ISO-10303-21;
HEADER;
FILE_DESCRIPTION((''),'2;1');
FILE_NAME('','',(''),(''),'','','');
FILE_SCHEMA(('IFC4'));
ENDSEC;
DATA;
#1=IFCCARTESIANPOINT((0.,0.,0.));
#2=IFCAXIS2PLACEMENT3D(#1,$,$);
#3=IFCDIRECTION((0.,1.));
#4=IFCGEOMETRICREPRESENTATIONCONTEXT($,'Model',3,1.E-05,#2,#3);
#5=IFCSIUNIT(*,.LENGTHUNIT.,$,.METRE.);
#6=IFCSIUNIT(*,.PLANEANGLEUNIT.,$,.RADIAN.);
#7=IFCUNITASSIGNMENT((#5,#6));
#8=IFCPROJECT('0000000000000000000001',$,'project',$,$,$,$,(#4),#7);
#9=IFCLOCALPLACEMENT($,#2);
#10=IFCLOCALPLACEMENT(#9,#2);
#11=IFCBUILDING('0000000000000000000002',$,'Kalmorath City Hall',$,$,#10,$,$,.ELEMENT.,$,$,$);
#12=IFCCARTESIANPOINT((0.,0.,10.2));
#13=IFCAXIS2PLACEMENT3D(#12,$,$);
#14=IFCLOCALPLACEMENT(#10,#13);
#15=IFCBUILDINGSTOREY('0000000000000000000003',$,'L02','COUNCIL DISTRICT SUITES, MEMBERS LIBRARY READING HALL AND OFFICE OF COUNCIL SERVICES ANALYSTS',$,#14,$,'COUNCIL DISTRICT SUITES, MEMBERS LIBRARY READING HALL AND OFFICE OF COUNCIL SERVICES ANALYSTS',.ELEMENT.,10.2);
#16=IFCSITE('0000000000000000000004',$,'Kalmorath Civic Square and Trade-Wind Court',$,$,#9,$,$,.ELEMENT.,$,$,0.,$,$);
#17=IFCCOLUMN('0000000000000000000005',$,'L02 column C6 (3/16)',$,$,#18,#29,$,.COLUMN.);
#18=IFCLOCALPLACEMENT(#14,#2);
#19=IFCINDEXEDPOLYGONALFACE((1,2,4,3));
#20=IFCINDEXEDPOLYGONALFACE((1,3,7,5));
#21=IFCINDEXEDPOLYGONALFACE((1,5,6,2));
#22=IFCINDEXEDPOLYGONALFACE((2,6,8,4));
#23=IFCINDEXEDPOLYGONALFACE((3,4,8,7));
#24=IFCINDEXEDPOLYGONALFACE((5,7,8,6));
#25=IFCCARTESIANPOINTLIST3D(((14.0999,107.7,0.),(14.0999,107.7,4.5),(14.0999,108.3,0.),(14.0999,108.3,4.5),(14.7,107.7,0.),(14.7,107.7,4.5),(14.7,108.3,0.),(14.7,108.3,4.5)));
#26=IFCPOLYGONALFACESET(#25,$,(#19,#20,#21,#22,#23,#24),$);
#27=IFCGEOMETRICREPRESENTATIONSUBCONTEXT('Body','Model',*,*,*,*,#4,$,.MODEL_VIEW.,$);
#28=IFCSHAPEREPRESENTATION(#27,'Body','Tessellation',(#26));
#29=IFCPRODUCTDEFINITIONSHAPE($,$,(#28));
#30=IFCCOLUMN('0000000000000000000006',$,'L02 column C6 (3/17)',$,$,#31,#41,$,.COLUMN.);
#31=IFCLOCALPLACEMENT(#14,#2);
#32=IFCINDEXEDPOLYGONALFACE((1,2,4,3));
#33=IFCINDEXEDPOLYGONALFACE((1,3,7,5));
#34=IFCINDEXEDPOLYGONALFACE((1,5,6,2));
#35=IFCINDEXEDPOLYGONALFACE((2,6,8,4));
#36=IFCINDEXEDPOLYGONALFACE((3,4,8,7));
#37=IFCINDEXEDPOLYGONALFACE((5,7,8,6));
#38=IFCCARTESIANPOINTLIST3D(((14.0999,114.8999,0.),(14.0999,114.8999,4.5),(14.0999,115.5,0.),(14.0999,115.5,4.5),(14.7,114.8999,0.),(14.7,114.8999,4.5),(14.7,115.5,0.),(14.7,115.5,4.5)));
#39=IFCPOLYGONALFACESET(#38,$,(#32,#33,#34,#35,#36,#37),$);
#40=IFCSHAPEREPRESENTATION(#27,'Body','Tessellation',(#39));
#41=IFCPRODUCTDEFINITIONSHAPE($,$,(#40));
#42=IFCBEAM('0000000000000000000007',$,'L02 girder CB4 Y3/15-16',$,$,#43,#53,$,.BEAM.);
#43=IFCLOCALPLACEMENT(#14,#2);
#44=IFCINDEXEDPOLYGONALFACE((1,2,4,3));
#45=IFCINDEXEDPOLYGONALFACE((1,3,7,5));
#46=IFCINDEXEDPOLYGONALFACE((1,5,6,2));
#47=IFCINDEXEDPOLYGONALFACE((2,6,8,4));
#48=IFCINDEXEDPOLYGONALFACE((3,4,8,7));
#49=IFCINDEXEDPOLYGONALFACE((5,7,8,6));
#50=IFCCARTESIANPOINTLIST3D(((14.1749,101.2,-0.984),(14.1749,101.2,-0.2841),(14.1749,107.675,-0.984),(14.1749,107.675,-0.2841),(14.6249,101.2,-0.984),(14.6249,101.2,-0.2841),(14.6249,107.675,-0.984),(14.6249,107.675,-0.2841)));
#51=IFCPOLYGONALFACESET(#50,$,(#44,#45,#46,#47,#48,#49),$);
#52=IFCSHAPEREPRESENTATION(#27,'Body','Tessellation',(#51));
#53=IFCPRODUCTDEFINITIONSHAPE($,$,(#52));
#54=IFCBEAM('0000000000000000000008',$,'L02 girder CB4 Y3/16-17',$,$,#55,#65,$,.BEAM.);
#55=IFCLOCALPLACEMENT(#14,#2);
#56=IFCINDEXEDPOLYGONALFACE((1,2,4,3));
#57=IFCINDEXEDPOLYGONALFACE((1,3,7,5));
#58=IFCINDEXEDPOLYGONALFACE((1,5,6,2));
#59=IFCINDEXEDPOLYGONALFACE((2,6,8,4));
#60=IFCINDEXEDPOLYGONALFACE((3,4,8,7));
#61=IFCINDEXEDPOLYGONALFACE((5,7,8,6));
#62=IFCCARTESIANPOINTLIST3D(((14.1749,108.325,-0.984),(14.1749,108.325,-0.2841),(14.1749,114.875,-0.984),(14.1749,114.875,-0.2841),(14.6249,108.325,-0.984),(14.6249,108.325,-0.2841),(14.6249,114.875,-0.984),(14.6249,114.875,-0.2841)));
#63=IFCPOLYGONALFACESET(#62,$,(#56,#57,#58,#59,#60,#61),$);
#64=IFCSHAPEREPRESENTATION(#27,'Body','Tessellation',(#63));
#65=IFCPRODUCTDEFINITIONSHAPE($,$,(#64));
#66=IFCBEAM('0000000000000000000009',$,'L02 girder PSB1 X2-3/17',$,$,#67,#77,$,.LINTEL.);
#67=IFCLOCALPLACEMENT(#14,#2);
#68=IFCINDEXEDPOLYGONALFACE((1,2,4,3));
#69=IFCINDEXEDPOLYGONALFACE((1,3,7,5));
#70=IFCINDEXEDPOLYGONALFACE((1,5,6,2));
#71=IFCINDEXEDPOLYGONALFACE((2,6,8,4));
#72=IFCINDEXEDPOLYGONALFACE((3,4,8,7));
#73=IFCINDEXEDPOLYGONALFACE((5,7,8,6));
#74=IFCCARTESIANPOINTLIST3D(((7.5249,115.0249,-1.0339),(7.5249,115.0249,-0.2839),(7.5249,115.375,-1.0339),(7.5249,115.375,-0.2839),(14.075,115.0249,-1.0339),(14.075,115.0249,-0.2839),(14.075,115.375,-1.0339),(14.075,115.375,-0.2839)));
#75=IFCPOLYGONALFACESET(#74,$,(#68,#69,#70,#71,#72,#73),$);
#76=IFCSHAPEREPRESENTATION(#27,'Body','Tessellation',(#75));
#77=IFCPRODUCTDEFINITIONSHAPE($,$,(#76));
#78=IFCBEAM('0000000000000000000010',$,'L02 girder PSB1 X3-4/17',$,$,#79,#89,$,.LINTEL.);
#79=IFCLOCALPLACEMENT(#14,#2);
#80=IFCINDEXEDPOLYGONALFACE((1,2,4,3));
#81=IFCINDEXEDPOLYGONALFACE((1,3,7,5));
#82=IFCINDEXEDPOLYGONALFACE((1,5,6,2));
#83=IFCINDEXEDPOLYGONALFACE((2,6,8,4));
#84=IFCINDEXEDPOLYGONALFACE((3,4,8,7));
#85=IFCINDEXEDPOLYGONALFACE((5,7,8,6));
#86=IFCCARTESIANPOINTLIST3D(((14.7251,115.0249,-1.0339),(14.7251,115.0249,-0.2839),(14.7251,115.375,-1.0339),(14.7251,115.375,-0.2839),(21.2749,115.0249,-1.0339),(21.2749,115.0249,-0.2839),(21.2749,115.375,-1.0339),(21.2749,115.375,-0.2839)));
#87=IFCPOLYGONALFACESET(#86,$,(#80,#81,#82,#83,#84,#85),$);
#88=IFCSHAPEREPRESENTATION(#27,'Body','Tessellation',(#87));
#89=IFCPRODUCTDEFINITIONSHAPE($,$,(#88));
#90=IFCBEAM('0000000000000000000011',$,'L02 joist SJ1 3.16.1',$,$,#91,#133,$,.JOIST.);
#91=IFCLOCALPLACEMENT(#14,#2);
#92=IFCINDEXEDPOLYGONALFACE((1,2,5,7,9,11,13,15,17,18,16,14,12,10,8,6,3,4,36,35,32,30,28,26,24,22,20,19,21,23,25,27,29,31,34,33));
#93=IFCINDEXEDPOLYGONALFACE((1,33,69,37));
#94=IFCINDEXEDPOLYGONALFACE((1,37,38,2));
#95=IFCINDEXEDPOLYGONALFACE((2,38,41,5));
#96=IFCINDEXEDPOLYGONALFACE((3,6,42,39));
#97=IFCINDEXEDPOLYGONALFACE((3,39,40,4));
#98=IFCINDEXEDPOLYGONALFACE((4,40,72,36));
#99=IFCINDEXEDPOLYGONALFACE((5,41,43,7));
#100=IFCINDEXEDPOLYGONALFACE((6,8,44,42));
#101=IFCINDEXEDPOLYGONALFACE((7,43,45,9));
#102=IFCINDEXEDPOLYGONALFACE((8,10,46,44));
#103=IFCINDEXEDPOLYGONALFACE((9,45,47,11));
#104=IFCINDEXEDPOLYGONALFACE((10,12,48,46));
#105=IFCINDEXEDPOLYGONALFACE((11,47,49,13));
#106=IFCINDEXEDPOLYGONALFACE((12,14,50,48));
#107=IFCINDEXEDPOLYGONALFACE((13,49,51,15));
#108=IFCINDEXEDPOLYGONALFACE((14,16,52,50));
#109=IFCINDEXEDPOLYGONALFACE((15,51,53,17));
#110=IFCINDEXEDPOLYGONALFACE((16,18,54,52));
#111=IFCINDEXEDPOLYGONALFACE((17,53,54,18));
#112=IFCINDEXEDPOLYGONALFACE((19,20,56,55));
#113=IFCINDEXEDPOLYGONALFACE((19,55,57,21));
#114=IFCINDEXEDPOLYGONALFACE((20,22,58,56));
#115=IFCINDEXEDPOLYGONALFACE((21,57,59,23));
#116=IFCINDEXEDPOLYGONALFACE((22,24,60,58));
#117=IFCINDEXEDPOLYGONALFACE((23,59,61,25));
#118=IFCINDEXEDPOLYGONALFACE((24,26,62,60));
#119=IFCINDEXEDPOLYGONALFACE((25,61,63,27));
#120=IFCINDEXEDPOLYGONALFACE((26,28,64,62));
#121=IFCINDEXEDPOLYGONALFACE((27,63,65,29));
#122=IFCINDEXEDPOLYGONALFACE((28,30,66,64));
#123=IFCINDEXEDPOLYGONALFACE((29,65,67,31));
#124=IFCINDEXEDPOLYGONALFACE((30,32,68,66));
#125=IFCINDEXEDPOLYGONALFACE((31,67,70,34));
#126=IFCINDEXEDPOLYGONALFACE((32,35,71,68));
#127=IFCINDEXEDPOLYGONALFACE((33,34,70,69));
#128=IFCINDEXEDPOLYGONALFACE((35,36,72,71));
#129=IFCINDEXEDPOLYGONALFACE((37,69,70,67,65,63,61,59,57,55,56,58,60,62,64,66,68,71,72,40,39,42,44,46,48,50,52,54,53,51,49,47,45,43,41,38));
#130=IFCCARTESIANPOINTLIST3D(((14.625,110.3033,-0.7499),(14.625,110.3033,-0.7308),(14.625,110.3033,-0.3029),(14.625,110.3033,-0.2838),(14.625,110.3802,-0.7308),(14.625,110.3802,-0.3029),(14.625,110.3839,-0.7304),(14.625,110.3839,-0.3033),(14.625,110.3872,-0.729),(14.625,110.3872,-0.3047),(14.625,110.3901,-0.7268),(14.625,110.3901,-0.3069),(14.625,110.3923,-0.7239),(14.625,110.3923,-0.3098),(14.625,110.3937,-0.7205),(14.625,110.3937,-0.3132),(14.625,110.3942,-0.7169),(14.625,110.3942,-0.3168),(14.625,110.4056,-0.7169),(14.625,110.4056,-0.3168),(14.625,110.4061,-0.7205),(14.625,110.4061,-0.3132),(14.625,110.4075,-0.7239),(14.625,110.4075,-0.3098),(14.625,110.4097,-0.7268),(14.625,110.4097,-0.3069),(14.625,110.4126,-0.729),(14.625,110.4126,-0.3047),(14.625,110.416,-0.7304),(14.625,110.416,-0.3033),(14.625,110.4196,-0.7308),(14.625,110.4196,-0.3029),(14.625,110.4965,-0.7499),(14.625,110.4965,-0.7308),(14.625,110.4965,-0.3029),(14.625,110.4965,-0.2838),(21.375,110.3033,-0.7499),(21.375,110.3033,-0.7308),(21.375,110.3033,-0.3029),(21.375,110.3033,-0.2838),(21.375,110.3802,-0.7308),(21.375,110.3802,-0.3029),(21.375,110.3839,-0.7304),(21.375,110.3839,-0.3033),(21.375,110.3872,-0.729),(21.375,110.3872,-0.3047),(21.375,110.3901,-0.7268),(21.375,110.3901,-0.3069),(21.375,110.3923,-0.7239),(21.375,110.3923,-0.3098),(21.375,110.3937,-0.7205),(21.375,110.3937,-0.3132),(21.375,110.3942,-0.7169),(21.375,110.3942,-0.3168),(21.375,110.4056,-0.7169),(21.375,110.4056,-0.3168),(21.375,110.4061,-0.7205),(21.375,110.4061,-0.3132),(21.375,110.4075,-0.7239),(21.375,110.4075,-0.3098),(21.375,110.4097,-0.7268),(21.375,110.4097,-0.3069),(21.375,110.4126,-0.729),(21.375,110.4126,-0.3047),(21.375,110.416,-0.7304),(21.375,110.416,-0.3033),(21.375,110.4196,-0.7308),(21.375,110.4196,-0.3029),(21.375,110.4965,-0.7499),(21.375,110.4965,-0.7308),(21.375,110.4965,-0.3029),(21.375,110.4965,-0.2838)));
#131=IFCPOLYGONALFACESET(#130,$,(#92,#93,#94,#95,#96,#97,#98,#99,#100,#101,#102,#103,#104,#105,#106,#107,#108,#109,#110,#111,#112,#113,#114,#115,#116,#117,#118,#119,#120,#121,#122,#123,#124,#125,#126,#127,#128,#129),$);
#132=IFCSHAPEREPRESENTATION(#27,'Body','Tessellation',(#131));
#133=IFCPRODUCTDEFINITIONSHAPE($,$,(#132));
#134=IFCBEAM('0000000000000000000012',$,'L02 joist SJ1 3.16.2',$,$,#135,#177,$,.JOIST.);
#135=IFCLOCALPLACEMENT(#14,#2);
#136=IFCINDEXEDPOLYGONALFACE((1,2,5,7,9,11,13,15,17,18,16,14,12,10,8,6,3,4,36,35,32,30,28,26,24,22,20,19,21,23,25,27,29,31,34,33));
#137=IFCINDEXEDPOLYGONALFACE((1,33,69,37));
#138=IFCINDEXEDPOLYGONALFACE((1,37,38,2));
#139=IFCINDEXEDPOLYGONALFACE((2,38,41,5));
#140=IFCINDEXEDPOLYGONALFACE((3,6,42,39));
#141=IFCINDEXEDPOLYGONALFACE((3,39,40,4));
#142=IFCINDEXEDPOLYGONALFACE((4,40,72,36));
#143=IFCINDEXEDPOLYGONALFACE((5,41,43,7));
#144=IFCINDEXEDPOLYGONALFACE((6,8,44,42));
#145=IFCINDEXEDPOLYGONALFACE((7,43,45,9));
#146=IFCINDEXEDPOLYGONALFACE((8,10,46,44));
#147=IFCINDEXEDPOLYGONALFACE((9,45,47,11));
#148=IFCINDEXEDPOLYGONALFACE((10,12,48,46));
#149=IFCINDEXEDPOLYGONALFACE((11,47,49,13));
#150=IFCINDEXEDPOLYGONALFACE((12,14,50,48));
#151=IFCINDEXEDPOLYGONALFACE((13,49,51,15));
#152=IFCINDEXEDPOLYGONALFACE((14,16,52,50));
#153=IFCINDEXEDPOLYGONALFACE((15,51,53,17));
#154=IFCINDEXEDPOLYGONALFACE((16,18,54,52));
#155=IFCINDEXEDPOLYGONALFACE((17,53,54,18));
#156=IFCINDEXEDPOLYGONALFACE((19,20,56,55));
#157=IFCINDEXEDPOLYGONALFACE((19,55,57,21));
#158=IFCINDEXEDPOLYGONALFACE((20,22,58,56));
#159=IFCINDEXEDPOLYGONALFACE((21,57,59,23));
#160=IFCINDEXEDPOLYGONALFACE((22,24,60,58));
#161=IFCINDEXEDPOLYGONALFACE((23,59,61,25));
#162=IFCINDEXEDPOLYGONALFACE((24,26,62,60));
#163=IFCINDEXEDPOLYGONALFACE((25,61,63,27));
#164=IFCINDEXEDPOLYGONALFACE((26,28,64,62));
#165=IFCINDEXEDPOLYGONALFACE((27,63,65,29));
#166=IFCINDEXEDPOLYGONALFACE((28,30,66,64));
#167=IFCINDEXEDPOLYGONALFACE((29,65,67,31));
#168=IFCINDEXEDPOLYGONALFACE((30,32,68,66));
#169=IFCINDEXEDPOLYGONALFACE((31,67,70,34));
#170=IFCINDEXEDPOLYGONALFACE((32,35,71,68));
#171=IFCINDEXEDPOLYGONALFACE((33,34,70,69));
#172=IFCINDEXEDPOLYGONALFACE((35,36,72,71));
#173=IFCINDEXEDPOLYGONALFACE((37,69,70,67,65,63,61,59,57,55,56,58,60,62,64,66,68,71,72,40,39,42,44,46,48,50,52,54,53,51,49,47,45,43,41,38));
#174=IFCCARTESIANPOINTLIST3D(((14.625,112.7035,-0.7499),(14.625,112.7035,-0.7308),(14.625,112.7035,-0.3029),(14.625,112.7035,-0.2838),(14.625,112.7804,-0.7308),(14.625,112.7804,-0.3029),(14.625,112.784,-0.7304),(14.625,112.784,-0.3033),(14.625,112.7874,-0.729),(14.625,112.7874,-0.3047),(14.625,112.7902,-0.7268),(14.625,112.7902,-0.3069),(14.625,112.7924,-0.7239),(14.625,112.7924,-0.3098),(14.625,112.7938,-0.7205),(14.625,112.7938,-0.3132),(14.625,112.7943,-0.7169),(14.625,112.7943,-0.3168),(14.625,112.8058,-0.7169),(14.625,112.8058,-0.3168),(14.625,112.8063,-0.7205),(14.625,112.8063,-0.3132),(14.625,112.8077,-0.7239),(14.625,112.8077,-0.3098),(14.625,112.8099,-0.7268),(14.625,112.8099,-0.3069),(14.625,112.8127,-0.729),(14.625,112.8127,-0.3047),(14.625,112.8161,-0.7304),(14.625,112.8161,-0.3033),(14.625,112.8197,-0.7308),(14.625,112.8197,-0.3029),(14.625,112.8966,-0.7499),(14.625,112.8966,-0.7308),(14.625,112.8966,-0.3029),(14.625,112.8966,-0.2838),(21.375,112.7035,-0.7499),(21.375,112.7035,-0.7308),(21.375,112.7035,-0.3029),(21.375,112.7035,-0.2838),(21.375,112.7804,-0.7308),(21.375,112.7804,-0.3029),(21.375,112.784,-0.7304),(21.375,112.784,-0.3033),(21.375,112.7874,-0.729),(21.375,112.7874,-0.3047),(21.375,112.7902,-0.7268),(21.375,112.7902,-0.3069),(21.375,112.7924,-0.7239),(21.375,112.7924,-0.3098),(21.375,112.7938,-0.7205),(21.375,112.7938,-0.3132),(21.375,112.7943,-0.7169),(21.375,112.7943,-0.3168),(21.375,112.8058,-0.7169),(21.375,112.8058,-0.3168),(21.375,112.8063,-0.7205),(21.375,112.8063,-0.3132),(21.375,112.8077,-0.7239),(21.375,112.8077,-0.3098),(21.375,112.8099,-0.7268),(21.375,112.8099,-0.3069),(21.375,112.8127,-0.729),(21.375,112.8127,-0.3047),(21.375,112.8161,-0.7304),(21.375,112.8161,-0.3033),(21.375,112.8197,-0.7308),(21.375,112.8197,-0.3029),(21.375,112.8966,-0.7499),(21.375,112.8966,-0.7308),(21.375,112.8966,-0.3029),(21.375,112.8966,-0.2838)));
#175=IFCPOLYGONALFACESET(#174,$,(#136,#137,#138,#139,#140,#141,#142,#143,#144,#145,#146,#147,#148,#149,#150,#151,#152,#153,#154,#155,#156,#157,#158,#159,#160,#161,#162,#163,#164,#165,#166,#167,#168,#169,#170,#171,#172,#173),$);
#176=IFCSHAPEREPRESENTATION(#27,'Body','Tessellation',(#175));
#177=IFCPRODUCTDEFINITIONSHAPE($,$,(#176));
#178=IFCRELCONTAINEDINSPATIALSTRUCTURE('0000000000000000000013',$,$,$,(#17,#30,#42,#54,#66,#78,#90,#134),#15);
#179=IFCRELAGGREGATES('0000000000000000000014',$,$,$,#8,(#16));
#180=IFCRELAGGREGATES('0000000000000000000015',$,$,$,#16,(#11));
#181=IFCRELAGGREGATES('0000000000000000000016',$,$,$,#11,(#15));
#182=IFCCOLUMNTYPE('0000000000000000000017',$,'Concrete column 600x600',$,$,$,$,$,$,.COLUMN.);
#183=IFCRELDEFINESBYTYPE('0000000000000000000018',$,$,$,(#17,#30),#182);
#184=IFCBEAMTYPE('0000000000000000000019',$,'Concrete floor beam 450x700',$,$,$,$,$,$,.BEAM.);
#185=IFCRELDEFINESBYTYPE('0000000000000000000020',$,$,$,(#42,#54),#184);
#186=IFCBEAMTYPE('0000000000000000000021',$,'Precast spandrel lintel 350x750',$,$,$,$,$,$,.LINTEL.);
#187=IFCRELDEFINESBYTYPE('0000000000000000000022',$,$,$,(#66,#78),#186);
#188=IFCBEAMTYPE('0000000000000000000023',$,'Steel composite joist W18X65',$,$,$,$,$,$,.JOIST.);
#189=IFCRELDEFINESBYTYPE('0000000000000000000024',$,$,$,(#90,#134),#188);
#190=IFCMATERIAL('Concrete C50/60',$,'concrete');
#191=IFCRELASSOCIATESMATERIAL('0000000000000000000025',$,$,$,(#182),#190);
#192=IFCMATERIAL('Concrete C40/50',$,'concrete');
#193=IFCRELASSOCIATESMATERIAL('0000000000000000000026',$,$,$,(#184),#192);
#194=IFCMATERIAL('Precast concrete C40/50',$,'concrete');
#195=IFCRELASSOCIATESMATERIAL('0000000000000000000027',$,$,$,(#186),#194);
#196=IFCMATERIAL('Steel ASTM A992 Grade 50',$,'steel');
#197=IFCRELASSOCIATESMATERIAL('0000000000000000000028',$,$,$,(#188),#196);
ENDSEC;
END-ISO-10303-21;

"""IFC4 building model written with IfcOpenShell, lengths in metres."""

from ifc_helpers import new_model, si_unit, direction, frame, origin, origin_2d, place, context, subcontext, project, spatial, rectangle, i_section, extrude, material, material_profile, profile_set, type_object, element, save


model = new_model("IFC4")

# Units and contexts
model_context = context("Model", 3, precision=1e-05, world=origin(), true_north=direction((0.0, 1.0)))
body_context = subcontext(model_context, "Body", "Model", "MODEL_VIEW")
ifc_project = project(units=[si_unit("LENGTHUNIT", "METRE"), si_unit("PLANEANGLEUNIT", "RADIAN")], contexts=[model_context])

# Site, building, storey
site_placement = place(None, origin())
site = spatial("IfcSite", under=ifc_project, at=site_placement, Name="Kalmorath Civic Square and Trade-Wind Court", CompositionType="ELEMENT", RefElevation=0.0)
building_placement = place(site_placement, origin())
building = spatial("IfcBuilding", under=site, at=building_placement, Name="Kalmorath City Hall", CompositionType="ELEMENT")
storey_placement = place(building_placement, frame((0.0, 0.0, 10.2)))
storey = spatial("IfcBuildingStorey", under=building, at=storey_placement, Name="L02", Description="COUNCIL DISTRICT SUITES, MEMBERS LIBRARY READING HALL AND OFFICE OF COUNCIL SERVICES ANALYSTS", LongName="COUNCIL DISTRICT SUITES, MEMBERS LIBRARY READING HALL AND OFFICE OF COUNCIL SERVICES ANALYSTS", CompositionType="ELEMENT", Elevation=10.2)

# Columns
ifc_material_1 = material(Name="Concrete C50/60", Category="concrete")
ifc_material_profile_1 = material_profile(ifc_material_1, rectangle(XDim=0.6001, YDim=0.6001, at=origin_2d()), Name="RC-COL-600X600")
ifc_profile_set_1 = profile_set([ifc_material_profile_1], Name="Concrete C50/60")
column_type = type_object("IfcColumnType", Name="Concrete column 600x600", PredefinedType="COLUMN", material=ifc_profile_set_1)
for number, where, z_axis, x_axis, name in (
    (1, (14.3999, 108.0, 0.0), (0.0, 0.0, 1.0), (1.0, 0.0, 0.0), "L02 column C6 (3/16)"),
    (2, (14.3999, 115.2, 0.0), (0.0, 0.0, 1.0), (1.0, 0.0, 0.0), "L02 column C6 (3/17)"),
):
    element("IfcColumn", number, at=place(storey_placement, frame(where, z_axis=z_axis, x_axis=x_axis)), inside=storey, type_object=column_type, Name=name, PredefinedType="COLUMN", context=body_context, shape_type="SweptSolid", body=[
        extrude(rectangle(XDim=0.6001, YDim=0.6001, at=origin_2d()), origin(), (0.0, 0.0, 1.0), 4.5),
    ])

# Beams
ifc_material_2 = material(Name="Concrete C40/50", Category="concrete")
ifc_material_profile_2 = material_profile(ifc_material_2, rectangle(XDim=0.45, YDim=0.7, at=origin_2d()), Name="RC-BM-450X700")
ifc_profile_set_2 = profile_set([ifc_material_profile_2], Name="Concrete C40/50")
beam_type_1 = type_object("IfcBeamType", Name="Concrete floor beam 450x700", PredefinedType="BEAM", material=ifc_profile_set_2)
beam_1_placement = place(storey_placement, frame((14.3999, 101.2, -0.634), z_axis=(0.0, 1.0, 0.0), x_axis=(-1.0, 0.0, 0.0)))
element("IfcBeam", 3, at=beam_1_placement, inside=storey, type_object=beam_type_1, Name="L02 girder CB4 Y3/15-16", PredefinedType="BEAM", context=body_context, shape_type="SweptSolid", body=[
    extrude(rectangle(XDim=0.45, YDim=0.7, at=origin_2d()), origin(), (0.0, 0.0, 1.0), 6.4751),
])
beam_2_placement = place(storey_placement, frame((14.3999, 108.325, -0.634), z_axis=(0.0, 1.0, 0.0), x_axis=(-1.0, 0.0, 0.0)))
element("IfcBeam", 4, at=beam_2_placement, inside=storey, type_object=beam_type_1, Name="L02 girder CB4 Y3/16-17", PredefinedType="BEAM", context=body_context, shape_type="SweptSolid", body=[
    extrude(rectangle(XDim=0.45, YDim=0.7, at=origin_2d()), origin(), (0.0, 0.0, 1.0), 6.55),
])
ifc_material_3 = material(Name="Precast concrete C40/50", Category="concrete")
ifc_material_profile_3 = material_profile(ifc_material_3, rectangle(XDim=0.3501, YDim=0.75, at=origin_2d()), Name="PC-SP-350X750")
ifc_profile_set_3 = profile_set([ifc_material_profile_3], Name="Precast concrete C40/50")
beam_type_2 = type_object("IfcBeamType", Name="Precast spandrel lintel 350x750", PredefinedType="LINTEL", material=ifc_profile_set_3)
beam_3_placement = place(storey_placement, frame((7.5249, 115.2, -0.6589), z_axis=(1.0, 0.0, 0.0), x_axis=(0.0, 1.0, 0.0)))
element("IfcBeam", 5, at=beam_3_placement, inside=storey, type_object=beam_type_2, Name="L02 girder PSB1 X2-3/17", PredefinedType="LINTEL", context=body_context, shape_type="SweptSolid", body=[
    extrude(rectangle(XDim=0.3501, YDim=0.75, at=origin_2d()), origin(), (0.0, 0.0, 1.0), 6.55),
])
beam_4_placement = place(storey_placement, frame((14.7251, 115.2, -0.6589), z_axis=(1.0, 0.0, 0.0), x_axis=(0.0, 1.0, 0.0)))
element("IfcBeam", 6, at=beam_4_placement, inside=storey, type_object=beam_type_2, Name="L02 girder PSB1 X3-4/17", PredefinedType="LINTEL", context=body_context, shape_type="SweptSolid", body=[
    extrude(rectangle(XDim=0.3501, YDim=0.75, at=origin_2d()), origin(), (0.0, 0.0, 1.0), 6.5498),
])
ifc_material_4 = material(Name="Steel ASTM A992 Grade 50", Category="steel")
ifc_material_profile_4 = material_profile(ifc_material_4, i_section(OverallWidth=0.1931, OverallDepth=0.4661, WebThickness=0.0115, FlangeThickness=0.019, FilletRadius=0.0139, at=origin_2d()), Name="W18X65")
ifc_profile_set_4 = profile_set([ifc_material_profile_4], Name="Steel ASTM A992 Grade 50")
beam_type_3 = type_object("IfcBeamType", Name="Steel composite joist W18X65", PredefinedType="JOIST", material=ifc_profile_set_4)
for number, where, z_axis, x_axis, name in (
    (7, (14.625, 110.3999, -0.5168), (1.0, 0.0, 0.0), (0.0, 1.0, 0.0), "L02 joist SJ1 3.16.1"),
    (8, (14.625, 112.8, -0.5168), (1.0, 0.0, 0.0), (0.0, 1.0, 0.0), "L02 joist SJ1 3.16.2"),
):
    element("IfcBeam", number, at=place(storey_placement, frame(where, z_axis=z_axis, x_axis=x_axis)), inside=storey, type_object=beam_type_3, Name=name, PredefinedType="JOIST", context=body_context, shape_type="SweptSolid", body=[
        extrude(i_section(OverallWidth=0.1931, OverallDepth=0.4661, WebThickness=0.0115, FlangeThickness=0.019, FilletRadius=0.0139, at=origin_2d()), origin(), (0.0, 0.0, 1.0), 6.75),
    ])

save(model, "model.ifc")
